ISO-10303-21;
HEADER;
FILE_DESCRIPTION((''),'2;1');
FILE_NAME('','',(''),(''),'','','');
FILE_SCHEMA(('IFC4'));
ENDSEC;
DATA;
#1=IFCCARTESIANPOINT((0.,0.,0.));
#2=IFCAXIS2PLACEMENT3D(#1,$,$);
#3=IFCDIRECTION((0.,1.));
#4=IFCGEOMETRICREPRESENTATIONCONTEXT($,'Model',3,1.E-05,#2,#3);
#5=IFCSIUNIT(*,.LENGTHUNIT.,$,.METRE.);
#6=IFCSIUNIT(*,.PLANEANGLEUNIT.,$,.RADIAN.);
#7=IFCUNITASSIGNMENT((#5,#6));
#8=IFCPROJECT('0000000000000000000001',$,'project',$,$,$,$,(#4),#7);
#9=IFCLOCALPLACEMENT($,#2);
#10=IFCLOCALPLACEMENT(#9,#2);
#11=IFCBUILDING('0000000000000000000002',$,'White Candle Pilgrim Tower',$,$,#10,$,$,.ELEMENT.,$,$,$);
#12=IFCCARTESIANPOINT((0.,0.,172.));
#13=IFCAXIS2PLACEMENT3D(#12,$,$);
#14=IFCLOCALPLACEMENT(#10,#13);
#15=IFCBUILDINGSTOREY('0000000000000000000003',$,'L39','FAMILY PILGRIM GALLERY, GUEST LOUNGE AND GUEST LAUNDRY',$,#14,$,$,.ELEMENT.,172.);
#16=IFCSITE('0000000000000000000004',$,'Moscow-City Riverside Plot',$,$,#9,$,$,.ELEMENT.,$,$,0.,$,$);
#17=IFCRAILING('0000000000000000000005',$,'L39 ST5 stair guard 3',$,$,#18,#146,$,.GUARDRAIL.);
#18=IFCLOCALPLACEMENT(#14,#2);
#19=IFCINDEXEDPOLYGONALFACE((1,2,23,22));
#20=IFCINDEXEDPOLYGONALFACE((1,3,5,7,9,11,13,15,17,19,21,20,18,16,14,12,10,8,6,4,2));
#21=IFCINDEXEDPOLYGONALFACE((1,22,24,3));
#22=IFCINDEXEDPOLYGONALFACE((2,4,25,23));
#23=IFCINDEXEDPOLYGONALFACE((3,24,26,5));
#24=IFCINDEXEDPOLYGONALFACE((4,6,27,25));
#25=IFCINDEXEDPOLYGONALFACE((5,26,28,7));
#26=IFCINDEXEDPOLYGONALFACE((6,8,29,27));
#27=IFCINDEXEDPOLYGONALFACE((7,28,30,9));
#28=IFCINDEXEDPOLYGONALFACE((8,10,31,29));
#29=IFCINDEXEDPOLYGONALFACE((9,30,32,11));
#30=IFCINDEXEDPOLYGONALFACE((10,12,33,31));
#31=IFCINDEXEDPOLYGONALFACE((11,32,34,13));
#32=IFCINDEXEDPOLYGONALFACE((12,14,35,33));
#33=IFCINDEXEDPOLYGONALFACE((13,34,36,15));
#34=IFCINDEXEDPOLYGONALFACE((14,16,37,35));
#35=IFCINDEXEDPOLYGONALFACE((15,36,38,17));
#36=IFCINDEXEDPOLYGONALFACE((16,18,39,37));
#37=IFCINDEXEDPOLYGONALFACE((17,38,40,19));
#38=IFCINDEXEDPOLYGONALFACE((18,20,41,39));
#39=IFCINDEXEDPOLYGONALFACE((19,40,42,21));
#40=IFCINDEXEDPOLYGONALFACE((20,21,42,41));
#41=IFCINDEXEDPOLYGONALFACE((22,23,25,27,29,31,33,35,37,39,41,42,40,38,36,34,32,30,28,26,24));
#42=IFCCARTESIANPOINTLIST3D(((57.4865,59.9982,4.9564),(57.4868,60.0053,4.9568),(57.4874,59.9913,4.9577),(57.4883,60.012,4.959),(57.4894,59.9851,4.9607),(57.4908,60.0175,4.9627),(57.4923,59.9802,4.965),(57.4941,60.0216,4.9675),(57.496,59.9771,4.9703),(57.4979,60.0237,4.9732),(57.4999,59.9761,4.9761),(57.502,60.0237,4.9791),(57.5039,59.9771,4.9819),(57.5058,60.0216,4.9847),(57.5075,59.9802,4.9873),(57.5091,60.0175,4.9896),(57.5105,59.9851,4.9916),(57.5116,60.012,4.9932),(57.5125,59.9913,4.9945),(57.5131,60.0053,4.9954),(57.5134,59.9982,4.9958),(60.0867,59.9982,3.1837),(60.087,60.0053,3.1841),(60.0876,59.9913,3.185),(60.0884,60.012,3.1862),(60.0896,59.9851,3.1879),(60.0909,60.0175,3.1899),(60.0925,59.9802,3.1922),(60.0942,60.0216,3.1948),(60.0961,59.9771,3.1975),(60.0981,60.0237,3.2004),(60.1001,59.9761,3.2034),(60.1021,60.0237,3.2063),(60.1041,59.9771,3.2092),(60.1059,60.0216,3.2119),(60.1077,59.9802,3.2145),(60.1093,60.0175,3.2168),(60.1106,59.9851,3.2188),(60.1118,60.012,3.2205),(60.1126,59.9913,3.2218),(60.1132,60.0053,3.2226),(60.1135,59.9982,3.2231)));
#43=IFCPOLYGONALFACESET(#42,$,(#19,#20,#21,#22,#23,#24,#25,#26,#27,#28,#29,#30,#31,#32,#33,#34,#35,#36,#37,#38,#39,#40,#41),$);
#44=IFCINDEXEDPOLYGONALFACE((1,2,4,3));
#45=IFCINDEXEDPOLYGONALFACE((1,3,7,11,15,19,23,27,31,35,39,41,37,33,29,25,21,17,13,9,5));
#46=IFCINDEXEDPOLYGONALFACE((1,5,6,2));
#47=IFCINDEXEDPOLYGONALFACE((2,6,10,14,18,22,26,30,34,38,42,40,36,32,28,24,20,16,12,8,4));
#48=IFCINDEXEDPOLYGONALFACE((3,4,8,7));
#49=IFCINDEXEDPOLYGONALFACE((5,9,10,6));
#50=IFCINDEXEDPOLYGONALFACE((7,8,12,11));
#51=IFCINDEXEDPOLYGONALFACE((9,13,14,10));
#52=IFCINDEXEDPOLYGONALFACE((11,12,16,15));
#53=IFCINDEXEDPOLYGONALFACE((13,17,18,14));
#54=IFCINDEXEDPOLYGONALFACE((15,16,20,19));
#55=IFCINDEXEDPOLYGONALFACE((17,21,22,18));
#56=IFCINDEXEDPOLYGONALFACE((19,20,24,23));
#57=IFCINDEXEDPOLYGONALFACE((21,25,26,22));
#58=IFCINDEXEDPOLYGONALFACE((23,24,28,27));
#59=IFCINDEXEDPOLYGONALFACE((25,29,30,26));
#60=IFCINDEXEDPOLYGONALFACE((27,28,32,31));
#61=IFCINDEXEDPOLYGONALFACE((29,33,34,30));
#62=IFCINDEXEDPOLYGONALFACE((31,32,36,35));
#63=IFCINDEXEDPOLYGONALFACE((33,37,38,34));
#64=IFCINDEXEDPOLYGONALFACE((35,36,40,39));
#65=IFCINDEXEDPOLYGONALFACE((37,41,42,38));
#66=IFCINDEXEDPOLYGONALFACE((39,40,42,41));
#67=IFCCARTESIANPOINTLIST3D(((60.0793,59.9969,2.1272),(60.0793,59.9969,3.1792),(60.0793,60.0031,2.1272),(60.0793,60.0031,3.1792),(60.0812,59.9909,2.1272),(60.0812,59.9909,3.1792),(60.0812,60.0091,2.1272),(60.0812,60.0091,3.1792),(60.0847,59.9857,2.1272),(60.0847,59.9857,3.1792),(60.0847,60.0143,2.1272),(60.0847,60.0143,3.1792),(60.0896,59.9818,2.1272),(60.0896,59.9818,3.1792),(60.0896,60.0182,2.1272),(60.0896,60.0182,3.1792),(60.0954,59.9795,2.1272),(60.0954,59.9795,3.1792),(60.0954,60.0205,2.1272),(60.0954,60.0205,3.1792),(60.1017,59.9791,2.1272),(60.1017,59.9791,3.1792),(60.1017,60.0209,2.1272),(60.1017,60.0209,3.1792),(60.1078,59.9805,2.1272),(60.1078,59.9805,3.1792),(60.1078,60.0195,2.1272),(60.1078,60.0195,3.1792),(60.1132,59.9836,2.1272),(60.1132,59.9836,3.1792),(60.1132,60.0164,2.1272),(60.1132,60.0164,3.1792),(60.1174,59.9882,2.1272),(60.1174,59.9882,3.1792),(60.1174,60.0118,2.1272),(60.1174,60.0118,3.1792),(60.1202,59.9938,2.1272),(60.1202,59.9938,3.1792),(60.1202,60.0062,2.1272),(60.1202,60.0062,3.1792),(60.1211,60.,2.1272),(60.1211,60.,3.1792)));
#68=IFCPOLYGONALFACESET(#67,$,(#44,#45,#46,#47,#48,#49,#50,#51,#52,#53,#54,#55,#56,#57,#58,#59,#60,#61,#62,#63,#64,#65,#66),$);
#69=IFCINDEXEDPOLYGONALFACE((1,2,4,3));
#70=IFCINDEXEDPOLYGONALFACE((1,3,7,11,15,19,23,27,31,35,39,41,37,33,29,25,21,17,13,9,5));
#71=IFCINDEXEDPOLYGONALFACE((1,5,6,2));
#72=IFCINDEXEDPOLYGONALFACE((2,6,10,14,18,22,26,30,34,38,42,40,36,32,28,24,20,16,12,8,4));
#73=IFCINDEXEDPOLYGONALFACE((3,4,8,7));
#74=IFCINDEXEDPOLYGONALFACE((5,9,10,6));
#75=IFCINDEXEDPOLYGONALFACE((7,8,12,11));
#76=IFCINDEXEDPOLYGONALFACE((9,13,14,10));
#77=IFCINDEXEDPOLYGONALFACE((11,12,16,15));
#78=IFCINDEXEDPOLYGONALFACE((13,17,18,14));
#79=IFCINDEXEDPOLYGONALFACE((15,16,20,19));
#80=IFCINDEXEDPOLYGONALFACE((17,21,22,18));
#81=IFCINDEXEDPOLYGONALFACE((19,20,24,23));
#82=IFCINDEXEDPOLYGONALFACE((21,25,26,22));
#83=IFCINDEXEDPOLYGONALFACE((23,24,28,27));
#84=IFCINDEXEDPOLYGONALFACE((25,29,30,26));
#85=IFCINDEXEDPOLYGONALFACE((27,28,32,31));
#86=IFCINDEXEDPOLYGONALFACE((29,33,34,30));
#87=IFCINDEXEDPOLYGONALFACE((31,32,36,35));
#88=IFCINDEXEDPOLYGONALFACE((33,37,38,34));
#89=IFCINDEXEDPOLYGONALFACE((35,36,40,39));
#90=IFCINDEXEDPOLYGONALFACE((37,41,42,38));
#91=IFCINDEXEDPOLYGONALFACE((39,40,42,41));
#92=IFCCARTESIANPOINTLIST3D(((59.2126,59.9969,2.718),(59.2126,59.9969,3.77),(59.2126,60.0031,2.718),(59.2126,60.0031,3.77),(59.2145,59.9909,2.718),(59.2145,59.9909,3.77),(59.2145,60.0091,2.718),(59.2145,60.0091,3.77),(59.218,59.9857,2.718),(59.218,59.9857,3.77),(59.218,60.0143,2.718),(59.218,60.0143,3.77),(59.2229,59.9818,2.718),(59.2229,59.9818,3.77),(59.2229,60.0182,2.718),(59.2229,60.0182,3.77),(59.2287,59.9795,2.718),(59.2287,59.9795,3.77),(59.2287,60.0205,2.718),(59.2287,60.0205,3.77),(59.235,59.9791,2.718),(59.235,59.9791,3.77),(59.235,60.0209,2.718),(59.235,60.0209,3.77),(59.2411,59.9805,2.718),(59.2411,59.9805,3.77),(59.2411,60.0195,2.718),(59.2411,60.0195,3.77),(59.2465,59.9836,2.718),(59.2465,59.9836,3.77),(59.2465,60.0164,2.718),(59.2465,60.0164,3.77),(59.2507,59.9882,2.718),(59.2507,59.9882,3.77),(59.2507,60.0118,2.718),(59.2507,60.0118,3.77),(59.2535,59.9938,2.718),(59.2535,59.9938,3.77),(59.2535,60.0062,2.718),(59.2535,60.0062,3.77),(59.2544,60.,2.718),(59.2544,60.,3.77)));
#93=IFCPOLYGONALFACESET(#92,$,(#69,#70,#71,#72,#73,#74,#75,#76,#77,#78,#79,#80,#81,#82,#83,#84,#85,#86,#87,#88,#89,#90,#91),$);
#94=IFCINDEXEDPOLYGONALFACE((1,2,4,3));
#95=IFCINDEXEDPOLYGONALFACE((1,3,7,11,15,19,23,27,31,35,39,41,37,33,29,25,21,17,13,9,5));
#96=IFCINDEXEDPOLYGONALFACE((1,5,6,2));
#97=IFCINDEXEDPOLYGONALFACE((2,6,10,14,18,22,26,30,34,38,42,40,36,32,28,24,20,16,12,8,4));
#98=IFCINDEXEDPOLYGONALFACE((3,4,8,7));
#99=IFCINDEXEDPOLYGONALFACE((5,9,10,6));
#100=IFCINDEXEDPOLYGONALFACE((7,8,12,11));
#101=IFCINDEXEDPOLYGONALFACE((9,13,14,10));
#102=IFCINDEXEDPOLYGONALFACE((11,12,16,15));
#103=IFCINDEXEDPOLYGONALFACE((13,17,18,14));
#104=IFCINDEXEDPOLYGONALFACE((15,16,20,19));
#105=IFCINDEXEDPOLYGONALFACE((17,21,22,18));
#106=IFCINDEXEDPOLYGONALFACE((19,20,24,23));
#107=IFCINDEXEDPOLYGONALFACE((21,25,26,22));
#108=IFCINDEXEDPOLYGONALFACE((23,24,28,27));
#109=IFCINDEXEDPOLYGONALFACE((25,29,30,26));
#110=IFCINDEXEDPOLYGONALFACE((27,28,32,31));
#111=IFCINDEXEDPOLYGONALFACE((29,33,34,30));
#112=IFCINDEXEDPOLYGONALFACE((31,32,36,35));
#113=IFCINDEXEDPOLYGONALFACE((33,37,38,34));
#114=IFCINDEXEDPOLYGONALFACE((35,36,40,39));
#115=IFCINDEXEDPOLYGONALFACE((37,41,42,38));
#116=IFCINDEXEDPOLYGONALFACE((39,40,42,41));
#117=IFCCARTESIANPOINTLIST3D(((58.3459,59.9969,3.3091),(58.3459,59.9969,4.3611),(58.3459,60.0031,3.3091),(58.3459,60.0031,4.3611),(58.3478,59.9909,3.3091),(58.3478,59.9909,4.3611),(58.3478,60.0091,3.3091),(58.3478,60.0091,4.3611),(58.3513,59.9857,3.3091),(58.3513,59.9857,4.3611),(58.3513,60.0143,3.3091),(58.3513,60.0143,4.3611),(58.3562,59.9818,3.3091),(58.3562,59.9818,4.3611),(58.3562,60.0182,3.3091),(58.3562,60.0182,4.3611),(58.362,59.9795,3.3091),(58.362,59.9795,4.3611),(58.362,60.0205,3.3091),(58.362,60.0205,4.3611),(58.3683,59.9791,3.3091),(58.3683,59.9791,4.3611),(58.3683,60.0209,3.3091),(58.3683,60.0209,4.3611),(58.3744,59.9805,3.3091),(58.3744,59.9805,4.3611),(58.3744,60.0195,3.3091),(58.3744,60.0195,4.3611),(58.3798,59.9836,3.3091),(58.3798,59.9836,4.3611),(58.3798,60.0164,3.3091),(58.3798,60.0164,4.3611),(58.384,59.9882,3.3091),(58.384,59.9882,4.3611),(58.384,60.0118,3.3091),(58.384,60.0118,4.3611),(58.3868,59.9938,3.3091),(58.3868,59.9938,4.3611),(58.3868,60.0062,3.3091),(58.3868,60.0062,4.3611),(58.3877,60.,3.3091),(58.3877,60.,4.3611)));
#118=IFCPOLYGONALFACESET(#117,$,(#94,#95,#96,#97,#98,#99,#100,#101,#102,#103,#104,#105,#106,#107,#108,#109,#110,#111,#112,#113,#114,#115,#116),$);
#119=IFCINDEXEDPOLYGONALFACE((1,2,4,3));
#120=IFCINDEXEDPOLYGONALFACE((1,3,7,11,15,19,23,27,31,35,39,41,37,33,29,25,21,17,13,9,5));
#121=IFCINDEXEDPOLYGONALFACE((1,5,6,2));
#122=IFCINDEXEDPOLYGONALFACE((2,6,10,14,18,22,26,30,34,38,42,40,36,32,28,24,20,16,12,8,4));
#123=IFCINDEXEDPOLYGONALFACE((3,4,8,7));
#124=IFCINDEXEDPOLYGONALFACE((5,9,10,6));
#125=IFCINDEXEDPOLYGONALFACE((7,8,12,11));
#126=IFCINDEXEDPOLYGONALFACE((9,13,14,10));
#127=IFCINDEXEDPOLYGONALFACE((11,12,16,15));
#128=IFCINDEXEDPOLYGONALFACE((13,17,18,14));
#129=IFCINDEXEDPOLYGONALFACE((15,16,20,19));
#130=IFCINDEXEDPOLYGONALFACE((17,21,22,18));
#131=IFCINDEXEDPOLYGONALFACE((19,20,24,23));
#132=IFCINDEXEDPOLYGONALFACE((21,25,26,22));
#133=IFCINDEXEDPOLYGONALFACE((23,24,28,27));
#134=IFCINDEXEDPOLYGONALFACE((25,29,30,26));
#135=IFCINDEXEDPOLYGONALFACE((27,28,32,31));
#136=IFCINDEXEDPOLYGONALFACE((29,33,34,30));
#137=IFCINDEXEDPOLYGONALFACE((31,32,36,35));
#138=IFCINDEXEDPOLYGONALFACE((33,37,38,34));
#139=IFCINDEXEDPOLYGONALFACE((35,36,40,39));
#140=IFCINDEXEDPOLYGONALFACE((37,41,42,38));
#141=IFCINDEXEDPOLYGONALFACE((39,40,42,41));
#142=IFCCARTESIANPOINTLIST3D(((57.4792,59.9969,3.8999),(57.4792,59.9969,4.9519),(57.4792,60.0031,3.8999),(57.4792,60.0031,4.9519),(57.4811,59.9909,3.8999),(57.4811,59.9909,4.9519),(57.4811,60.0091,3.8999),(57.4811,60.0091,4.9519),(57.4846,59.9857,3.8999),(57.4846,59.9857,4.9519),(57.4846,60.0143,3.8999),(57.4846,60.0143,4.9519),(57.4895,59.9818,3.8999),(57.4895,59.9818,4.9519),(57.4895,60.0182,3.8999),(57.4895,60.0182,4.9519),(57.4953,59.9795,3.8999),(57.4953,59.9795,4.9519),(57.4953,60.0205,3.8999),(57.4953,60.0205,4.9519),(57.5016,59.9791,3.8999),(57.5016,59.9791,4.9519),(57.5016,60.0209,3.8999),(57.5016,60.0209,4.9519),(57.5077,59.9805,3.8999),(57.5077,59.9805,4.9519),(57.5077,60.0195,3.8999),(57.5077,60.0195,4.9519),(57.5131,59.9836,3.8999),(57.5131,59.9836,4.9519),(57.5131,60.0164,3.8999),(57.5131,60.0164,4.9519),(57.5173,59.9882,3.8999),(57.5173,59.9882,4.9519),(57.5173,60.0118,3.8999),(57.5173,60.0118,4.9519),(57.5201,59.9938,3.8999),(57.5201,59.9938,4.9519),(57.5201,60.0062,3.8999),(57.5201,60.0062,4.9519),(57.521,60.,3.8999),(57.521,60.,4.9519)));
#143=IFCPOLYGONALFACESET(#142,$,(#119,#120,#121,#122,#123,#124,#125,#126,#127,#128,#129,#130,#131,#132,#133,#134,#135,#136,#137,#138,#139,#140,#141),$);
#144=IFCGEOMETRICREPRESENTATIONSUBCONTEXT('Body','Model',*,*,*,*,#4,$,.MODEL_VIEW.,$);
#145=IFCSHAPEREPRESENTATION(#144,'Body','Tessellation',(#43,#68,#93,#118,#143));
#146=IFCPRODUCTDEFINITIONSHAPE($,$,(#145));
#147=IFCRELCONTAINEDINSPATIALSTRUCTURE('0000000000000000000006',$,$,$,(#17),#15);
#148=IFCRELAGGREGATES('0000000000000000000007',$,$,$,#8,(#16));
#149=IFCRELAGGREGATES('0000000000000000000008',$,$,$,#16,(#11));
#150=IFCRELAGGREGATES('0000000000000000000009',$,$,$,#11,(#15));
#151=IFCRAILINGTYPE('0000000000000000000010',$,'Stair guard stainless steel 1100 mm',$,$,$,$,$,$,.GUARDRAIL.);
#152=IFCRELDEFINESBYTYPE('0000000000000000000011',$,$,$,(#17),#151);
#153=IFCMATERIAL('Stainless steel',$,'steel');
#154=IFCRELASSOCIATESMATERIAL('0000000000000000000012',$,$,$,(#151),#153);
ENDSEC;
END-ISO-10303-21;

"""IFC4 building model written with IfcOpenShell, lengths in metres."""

from ifc_helpers import new_model, si_unit, direction, frame, origin, origin_2d, place, context, subcontext, project, spatial, circle, extrude, material, type_object, element, save


model = new_model("IFC4")

# Units and contexts
model_context = context("Model", 3, precision=1e-05, world=origin(), true_north=direction((0.0, 1.0)))
body_context = subcontext(model_context, "Body", "Model", "MODEL_VIEW")
ifc_project = project(units=[si_unit("LENGTHUNIT", "METRE"), si_unit("PLANEANGLEUNIT", "RADIAN")], contexts=[model_context])

# Site, building, storey
site_placement = place(None, origin())
site = spatial("IfcSite", under=ifc_project, at=site_placement, Name="Moscow-City Riverside Plot", CompositionType="ELEMENT", RefElevation=0.0)
building_placement = place(site_placement, origin())
building = spatial("IfcBuilding", under=site, at=building_placement, Name="White Candle Pilgrim Tower", CompositionType="ELEMENT")
storey_placement = place(building_placement, frame((0.0, 0.0, 172.0)))
storey = spatial("IfcBuildingStorey", under=building, at=storey_placement, Name="L39", Description="FAMILY PILGRIM GALLERY, GUEST LOUNGE AND GUEST LAUNDRY", CompositionType="ELEMENT", Elevation=172.0)

# Railing
ifc_material_1 = material(Name="Stainless steel", Category="steel")
railing_type_1 = type_object("IfcRailingType", Name="Stair guard stainless steel 1100 mm", PredefinedType="GUARDRAIL", material=ifc_material_1)
railing_1_placement = place(storey_placement, frame((60.1001, 60.0, 2.1272)))
element("IfcRailing", 1, at=railing_1_placement, inside=storey, type_object=railing_type_1, Name="L39 ST5 stair guard 3", PredefinedType="GUARDRAIL", context=body_context, shape_type="SweptSolid", body=[
    extrude(circle(Radius=0.0239, at=origin_2d()), frame((0.0, 0.0, 1.0762), z_axis=(-0.82624, 0.0, 0.563318), x_axis=(0.0, -1.0, 0.0)), (0.0, 0.0, 1.0), 3.147),
    extrude(circle(Radius=0.021, at=origin_2d()), origin(), (0.0, 0.0, 1.0), 1.052),
    extrude(circle(Radius=0.021, at=origin_2d()), frame((-0.8667, 0.0, 0.5908)), (0.0, 0.0, 1.0), 1.052),
    extrude(circle(Radius=0.021, at=origin_2d()), frame((-1.7334, 0.0, 1.1819)), (0.0, 0.0, 1.0), 1.052),
    extrude(circle(Radius=0.021, at=origin_2d()), frame((-2.6001, 0.0, 1.7727)), (0.0, 0.0, 1.0), 1.052),
])

save(model, "model.ifc")
